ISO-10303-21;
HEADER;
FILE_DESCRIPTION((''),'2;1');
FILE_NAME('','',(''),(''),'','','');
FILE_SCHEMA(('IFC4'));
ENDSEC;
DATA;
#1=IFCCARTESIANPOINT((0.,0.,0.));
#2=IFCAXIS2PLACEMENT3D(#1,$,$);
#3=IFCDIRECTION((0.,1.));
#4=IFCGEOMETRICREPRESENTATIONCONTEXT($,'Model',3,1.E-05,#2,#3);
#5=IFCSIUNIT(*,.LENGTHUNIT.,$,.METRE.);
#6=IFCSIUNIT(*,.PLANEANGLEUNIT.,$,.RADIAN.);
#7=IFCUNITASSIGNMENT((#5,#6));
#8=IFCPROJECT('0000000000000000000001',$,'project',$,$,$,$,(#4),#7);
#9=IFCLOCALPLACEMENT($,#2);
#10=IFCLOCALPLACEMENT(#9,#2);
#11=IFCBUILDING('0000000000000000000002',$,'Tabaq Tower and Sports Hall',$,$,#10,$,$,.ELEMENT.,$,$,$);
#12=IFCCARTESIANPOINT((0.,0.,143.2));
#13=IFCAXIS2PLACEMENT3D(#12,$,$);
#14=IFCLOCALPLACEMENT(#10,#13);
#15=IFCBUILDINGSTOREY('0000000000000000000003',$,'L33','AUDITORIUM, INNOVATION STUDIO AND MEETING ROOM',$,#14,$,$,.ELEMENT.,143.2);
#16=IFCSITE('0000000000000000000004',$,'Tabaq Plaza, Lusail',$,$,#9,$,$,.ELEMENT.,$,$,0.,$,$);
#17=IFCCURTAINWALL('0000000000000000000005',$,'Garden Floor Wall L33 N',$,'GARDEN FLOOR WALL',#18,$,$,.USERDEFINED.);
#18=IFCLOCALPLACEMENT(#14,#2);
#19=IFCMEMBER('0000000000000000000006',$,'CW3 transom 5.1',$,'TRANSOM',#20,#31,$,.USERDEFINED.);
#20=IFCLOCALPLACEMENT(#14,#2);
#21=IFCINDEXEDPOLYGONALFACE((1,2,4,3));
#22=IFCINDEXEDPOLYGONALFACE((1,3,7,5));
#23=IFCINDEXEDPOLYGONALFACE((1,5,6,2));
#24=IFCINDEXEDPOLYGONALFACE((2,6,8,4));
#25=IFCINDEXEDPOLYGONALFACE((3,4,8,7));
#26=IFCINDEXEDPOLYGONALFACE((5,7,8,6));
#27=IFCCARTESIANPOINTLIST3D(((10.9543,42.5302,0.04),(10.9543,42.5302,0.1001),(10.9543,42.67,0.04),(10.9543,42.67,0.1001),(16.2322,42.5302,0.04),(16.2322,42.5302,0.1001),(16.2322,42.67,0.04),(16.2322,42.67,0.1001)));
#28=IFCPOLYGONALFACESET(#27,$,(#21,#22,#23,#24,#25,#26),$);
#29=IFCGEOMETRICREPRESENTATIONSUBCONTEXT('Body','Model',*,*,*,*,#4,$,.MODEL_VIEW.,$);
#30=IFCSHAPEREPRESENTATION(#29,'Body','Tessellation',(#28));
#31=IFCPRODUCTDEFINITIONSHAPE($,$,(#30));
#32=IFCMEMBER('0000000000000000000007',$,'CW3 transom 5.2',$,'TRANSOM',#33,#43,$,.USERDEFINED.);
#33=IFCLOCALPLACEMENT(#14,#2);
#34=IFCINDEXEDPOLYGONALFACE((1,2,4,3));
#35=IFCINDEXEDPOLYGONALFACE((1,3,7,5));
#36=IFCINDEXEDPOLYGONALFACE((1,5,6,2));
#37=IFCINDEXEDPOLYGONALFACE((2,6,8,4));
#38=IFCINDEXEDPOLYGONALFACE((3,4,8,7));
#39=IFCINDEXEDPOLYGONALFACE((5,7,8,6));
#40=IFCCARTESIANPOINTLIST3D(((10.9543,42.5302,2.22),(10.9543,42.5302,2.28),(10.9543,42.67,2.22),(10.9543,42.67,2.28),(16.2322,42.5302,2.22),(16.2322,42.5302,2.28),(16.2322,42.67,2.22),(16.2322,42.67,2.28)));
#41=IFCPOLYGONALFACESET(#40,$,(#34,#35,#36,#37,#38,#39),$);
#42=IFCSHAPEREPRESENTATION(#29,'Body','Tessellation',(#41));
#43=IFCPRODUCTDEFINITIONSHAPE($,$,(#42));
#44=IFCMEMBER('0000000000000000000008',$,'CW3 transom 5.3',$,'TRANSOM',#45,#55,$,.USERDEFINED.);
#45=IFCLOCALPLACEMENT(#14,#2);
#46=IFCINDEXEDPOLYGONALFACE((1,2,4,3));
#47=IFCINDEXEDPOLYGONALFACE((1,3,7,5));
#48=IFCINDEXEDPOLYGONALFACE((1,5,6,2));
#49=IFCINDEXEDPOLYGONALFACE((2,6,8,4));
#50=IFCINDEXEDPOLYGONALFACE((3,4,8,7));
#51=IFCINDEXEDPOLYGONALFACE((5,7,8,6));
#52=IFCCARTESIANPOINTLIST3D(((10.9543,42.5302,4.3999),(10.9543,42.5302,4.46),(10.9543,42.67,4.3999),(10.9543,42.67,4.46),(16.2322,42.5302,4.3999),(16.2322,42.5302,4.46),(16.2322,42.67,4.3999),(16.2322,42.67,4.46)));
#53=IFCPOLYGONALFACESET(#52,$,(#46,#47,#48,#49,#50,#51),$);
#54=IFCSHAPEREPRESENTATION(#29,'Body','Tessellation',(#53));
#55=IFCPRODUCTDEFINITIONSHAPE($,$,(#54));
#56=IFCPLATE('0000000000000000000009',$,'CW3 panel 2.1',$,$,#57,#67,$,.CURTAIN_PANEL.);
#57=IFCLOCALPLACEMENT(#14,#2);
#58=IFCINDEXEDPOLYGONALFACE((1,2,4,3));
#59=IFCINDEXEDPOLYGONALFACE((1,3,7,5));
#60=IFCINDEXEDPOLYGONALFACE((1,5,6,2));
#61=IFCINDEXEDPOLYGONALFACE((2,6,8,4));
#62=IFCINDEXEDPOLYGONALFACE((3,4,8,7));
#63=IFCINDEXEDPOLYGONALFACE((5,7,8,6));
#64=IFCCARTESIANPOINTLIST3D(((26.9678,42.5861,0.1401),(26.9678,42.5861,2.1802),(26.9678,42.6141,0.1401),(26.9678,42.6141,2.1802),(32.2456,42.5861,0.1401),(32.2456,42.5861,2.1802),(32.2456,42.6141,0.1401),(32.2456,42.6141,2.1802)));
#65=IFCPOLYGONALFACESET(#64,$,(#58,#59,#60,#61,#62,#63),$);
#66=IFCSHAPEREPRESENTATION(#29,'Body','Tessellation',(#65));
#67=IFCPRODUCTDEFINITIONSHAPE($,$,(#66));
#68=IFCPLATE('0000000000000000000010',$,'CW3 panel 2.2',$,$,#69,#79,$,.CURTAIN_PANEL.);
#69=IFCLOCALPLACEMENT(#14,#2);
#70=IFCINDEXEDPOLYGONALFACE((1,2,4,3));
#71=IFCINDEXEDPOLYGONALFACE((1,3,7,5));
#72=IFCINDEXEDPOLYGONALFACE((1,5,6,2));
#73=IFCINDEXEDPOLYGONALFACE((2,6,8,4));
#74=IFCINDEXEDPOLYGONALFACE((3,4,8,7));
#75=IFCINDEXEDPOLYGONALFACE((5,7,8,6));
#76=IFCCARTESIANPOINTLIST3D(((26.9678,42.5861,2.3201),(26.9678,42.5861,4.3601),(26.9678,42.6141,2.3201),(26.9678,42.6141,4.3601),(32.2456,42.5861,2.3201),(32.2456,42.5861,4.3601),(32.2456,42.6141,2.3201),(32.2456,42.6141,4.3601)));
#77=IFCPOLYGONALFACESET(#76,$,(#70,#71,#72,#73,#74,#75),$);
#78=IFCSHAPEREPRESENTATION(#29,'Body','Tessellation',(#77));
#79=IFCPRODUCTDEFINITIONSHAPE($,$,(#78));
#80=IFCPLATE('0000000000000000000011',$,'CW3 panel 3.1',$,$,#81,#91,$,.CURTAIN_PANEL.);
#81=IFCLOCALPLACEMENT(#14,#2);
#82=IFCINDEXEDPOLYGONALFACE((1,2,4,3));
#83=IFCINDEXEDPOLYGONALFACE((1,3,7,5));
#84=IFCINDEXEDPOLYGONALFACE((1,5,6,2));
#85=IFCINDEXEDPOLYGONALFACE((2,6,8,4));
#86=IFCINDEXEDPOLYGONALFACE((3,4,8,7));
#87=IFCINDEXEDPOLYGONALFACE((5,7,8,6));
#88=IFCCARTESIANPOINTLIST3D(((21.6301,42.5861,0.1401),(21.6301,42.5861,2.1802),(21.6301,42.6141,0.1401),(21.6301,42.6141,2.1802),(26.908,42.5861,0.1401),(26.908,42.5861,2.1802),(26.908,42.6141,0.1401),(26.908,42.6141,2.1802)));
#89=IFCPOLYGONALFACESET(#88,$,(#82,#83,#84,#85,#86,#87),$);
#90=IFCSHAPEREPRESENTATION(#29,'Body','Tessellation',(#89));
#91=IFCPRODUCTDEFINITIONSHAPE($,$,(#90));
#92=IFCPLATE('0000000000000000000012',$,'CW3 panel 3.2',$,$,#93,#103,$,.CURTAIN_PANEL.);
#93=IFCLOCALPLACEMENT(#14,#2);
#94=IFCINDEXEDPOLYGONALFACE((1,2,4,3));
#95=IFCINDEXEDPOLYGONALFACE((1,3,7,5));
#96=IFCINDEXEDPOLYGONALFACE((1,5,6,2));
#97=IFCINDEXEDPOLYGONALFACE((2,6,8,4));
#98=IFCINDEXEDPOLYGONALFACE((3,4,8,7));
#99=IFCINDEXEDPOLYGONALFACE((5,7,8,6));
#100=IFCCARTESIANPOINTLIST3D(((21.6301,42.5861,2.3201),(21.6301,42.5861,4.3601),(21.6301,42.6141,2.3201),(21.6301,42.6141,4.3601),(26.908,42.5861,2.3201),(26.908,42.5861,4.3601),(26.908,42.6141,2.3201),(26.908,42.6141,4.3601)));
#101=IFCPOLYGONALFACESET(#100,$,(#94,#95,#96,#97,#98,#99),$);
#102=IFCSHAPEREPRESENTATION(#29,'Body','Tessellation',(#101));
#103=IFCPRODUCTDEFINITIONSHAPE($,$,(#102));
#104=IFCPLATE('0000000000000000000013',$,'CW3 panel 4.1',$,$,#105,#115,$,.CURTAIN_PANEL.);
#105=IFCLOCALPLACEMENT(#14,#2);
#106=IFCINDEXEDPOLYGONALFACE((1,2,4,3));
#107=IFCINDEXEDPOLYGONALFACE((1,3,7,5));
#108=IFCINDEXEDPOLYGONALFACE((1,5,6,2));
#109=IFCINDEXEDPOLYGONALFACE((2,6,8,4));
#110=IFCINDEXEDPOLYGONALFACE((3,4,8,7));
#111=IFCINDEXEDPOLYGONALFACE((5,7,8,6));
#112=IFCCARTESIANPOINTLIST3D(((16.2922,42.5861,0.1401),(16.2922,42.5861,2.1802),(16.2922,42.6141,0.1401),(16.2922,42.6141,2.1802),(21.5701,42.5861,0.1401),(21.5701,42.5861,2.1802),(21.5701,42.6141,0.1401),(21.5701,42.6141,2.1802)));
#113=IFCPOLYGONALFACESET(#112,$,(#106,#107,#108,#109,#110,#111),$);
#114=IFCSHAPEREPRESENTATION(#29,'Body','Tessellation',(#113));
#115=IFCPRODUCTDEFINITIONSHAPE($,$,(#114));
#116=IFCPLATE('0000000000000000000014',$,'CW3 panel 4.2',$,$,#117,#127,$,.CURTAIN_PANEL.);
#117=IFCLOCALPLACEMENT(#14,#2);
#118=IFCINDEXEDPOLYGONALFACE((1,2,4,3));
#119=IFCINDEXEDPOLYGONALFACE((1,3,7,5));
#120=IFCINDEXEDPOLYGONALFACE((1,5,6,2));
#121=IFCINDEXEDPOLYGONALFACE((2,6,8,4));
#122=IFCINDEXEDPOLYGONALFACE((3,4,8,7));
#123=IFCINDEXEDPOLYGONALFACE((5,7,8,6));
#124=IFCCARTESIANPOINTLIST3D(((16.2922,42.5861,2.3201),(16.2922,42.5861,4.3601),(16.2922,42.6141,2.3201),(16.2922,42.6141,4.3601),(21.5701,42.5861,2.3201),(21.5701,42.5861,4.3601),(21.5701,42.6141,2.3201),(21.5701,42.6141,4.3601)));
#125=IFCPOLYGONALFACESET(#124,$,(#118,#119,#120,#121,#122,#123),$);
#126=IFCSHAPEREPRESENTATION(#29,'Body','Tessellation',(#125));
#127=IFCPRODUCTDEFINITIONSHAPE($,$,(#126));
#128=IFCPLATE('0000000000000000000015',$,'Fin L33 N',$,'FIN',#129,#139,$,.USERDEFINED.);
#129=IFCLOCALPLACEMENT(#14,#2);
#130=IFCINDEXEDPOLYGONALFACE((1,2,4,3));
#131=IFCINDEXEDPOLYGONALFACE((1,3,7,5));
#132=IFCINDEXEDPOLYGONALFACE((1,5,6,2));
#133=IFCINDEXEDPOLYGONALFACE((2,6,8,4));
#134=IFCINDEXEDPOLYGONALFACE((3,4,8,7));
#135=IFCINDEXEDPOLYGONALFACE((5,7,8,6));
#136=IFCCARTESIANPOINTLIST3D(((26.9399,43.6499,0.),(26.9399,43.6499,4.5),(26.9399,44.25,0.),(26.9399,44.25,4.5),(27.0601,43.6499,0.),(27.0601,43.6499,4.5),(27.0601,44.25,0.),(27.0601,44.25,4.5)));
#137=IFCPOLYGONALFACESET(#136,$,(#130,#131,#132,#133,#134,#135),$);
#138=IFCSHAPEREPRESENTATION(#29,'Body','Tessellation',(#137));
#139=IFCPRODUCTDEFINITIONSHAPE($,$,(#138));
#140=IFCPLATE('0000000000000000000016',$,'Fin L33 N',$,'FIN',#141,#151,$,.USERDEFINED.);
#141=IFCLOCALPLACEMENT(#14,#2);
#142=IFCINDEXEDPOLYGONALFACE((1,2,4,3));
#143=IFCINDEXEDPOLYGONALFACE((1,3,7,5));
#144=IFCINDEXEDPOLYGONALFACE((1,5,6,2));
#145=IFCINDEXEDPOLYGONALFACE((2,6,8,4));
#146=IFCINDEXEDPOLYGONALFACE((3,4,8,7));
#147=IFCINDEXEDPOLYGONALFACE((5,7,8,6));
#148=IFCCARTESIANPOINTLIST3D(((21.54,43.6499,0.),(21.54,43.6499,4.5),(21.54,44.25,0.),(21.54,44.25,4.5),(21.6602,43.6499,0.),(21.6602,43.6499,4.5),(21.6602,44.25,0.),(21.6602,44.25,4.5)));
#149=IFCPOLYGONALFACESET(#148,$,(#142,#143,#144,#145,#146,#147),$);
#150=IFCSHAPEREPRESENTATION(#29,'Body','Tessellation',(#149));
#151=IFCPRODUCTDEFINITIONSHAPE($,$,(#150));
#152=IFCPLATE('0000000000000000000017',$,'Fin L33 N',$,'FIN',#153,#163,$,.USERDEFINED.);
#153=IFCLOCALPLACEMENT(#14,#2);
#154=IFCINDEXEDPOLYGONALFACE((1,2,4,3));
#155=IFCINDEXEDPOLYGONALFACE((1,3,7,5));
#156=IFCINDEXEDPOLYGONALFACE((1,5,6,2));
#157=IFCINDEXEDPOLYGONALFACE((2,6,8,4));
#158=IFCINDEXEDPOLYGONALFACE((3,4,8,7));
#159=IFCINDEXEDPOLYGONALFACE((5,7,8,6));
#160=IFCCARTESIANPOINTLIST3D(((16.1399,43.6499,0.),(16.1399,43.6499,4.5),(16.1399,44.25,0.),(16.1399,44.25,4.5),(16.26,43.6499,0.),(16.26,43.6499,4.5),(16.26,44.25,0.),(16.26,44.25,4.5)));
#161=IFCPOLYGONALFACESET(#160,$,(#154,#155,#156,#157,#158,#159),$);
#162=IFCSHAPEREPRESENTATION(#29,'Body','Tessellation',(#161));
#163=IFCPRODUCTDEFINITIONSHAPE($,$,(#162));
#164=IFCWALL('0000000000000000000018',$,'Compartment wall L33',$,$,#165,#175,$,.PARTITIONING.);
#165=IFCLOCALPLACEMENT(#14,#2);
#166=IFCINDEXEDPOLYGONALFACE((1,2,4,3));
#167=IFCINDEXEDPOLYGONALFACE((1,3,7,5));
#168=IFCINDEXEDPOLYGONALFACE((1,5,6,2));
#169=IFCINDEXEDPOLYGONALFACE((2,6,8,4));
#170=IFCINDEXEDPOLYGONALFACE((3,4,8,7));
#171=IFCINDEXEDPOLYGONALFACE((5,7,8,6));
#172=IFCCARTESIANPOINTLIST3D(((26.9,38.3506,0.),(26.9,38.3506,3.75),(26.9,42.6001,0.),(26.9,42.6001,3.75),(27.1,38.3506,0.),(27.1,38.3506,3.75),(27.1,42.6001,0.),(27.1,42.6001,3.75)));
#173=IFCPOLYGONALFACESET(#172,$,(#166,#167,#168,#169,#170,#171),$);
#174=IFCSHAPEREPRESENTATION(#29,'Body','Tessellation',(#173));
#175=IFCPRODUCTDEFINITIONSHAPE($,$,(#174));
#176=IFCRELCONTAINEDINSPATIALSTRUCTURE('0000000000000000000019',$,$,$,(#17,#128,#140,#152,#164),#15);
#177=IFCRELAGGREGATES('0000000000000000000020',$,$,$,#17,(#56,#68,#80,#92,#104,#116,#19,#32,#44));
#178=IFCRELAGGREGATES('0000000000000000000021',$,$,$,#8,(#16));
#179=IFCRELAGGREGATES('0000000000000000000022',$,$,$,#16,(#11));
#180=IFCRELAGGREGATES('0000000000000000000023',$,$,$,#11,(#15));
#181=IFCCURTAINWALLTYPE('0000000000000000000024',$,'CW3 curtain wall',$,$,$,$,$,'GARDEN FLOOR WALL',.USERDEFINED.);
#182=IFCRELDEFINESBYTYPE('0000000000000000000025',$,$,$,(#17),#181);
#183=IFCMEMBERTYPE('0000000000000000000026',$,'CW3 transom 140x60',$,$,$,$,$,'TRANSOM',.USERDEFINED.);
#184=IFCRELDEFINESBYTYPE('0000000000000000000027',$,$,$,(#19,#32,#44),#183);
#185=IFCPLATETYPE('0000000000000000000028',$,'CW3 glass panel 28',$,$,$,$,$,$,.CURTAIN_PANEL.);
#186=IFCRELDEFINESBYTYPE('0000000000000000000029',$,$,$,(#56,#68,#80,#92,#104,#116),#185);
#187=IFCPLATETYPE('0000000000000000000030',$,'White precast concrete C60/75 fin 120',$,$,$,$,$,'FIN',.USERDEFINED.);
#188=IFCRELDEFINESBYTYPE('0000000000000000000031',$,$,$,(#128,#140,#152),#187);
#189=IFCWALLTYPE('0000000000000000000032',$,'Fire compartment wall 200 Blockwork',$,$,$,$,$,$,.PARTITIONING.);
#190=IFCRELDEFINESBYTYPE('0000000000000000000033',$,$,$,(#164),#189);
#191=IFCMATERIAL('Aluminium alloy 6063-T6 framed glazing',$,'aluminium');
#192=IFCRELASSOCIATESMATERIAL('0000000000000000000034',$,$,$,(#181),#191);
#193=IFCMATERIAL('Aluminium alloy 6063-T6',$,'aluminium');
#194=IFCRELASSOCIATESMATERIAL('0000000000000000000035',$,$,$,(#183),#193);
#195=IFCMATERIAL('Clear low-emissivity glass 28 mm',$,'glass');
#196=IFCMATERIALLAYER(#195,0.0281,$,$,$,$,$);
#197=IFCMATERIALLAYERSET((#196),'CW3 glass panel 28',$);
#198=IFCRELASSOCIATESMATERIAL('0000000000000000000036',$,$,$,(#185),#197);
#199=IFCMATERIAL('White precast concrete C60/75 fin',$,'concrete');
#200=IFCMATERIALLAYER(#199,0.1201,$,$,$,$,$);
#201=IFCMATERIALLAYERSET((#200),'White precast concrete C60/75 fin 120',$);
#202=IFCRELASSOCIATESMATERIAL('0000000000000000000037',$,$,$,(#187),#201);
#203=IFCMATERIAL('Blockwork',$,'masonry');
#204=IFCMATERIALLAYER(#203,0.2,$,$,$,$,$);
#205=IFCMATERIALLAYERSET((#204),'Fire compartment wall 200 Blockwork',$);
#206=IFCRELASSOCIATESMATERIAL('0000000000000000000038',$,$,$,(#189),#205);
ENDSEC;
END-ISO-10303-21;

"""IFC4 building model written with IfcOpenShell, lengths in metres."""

from ifc_helpers import new_model, si_unit, direction, frame, frame_2d, origin, origin_2d, place, context, subcontext, project, spatial, rectangle, extrude, material, layer, layer_set, material_profile, profile_set, type_object, element, aggregate, save


model = new_model("IFC4")

# Units and contexts
model_context = context("Model", 3, precision=1e-05, world=origin(), true_north=direction((0.0, 1.0)))
body_context = subcontext(model_context, "Body", "Model", "MODEL_VIEW")
ifc_project = project(units=[si_unit("LENGTHUNIT", "METRE"), si_unit("PLANEANGLEUNIT", "RADIAN")], contexts=[model_context])

# Site, building, storey
site_placement = place(None, origin())
site = spatial("IfcSite", under=ifc_project, at=site_placement, Name="Tabaq Plaza, Lusail", CompositionType="ELEMENT", RefElevation=0.0)
building_placement = place(site_placement, origin())
building = spatial("IfcBuilding", under=site, at=building_placement, Name="Tabaq Tower and Sports Hall", CompositionType="ELEMENT")
storey_placement = place(building_placement, frame((0.0, 0.0, 143.2)))
storey = spatial("IfcBuildingStorey", under=building, at=storey_placement, Name="L33", Description="AUDITORIUM, INNOVATION STUDIO AND MEETING ROOM", CompositionType="ELEMENT", Elevation=143.2)

# Curtain wall, members, plates
ifc_material_1 = material(Name="Aluminium alloy 6063-T6 framed glazing", Category="aluminium")
curtain_wall_type = type_object("IfcCurtainWallType", Name="CW3 curtain wall", ElementType="GARDEN FLOOR WALL", PredefinedType="USERDEFINED", material=ifc_material_1)
curtain_wall_placement = place(storey_placement, origin())
curtain_wall = element("IfcCurtainWall", 1, at=curtain_wall_placement, inside=storey, type_object=curtain_wall_type, Name="Garden Floor Wall L33 N", ObjectType="GARDEN FLOOR WALL", PredefinedType="USERDEFINED")
ifc_material_2 = material(Name="Aluminium alloy 6063-T6", Category="aluminium")
ifc_material_profile_1 = material_profile(ifc_material_2, rectangle(XDim=0.1399, YDim=0.0601, at=origin_2d()), Name="TRANSOM 140x60")
ifc_profile_set_1 = profile_set([ifc_material_profile_1], Name="Aluminium alloy 6063-T6")
member_type_1 = type_object("IfcMemberType", Name="CW3 transom 140x60", ElementType="TRANSOM", PredefinedType="USERDEFINED", material=ifc_profile_set_1)
member_1_placement = place(storey_placement, frame((16.2322, 42.6001, 0.0701), z_axis=(-1.0, 0.0, 0.0), x_axis=(0.0, -1.0, 0.0)))
member_1 = element("IfcMember", 2, at=member_1_placement, type_object=member_type_1, Name="CW3 transom 5.1", ObjectType="TRANSOM", PredefinedType="USERDEFINED", context=body_context, shape_type="SweptSolid", body=[
    extrude(rectangle(XDim=0.1399, YDim=0.0601, at=origin_2d()), origin(), (0.0, 0.0, 1.0), 5.2778),
])
member_2_placement = place(storey_placement, frame((16.2322, 42.6001, 2.25), z_axis=(-1.0, 0.0, 0.0), x_axis=(0.0, -1.0, 0.0)))
member_2 = element("IfcMember", 3, at=member_2_placement, type_object=member_type_1, Name="CW3 transom 5.2", ObjectType="TRANSOM", PredefinedType="USERDEFINED", context=body_context, shape_type="SweptSolid", body=[
    extrude(rectangle(XDim=0.1399, YDim=0.0601, at=origin_2d()), origin(), (0.0, 0.0, 1.0), 5.2778),
])
member_3_placement = place(storey_placement, frame((16.2322, 42.6001, 4.4299), z_axis=(-1.0, 0.0, 0.0), x_axis=(0.0, -1.0, 0.0)))
member_3 = element("IfcMember", 4, at=member_3_placement, type_object=member_type_1, Name="CW3 transom 5.3", ObjectType="TRANSOM", PredefinedType="USERDEFINED", context=body_context, shape_type="SweptSolid", body=[
    extrude(rectangle(XDim=0.1399, YDim=0.0601, at=origin_2d()), origin(), (0.0, 0.0, 1.0), 5.2778),
])
ifc_material_3 = material(Name="Clear low-emissivity glass 28 mm", Category="glass")
ifc_layer_1 = layer(ifc_material_3, 0.0281)
ifc_layer_set_1 = layer_set([ifc_layer_1], Name="CW3 glass panel 28")
plate_type_1 = type_object("IfcPlateType", Name="CW3 glass panel 28", PredefinedType="CURTAIN_PANEL", material=ifc_layer_set_1)
plate_1_placement = place(storey_placement, frame((29.6067, 42.6001, 0.1401), z_axis=(0.0, 0.0, 1.0), x_axis=(-1.0, 0.0, 0.0)))
plate_1 = element("IfcPlate", 5, at=plate_1_placement, type_object=plate_type_1, Name="CW3 panel 2.1", PredefinedType="CURTAIN_PANEL", context=body_context, shape_type="SweptSolid", body=[
    extrude(rectangle(XDim=5.2778, YDim=0.0281, at=origin_2d()), origin(), (0.0, 0.0, 1.0), 2.04),
])
plate_2_placement = place(storey_placement, frame((29.6067, 42.6001, 2.3201), z_axis=(0.0, 0.0, 1.0), x_axis=(-1.0, 0.0, 0.0)))
plate_2 = element("IfcPlate", 6, at=plate_2_placement, type_object=plate_type_1, Name="CW3 panel 2.2", PredefinedType="CURTAIN_PANEL", context=body_context, shape_type="SweptSolid", body=[
    extrude(rectangle(XDim=5.2778, YDim=0.0281, at=origin_2d()), origin(), (0.0, 0.0, 1.0), 2.04),
])
plate_3_placement = place(storey_placement, frame((24.269, 42.6001, 0.1401), z_axis=(0.0, 0.0, 1.0), x_axis=(-1.0, 0.0, 0.0)))
plate_3 = element("IfcPlate", 7, at=plate_3_placement, type_object=plate_type_1, Name="CW3 panel 3.1", PredefinedType="CURTAIN_PANEL", context=body_context, shape_type="SweptSolid", body=[
    extrude(rectangle(XDim=5.2778, YDim=0.0281, at=origin_2d()), origin(), (0.0, 0.0, 1.0), 2.04),
])
plate_4_placement = place(storey_placement, frame((24.269, 42.6001, 2.3201), z_axis=(0.0, 0.0, 1.0), x_axis=(-1.0, 0.0, 0.0)))
plate_4 = element("IfcPlate", 8, at=plate_4_placement, type_object=plate_type_1, Name="CW3 panel 3.2", PredefinedType="CURTAIN_PANEL", context=body_context, shape_type="SweptSolid", body=[
    extrude(rectangle(XDim=5.2778, YDim=0.0281, at=origin_2d()), origin(), (0.0, 0.0, 1.0), 2.04),
])
plate_5_placement = place(storey_placement, frame((18.9312, 42.6001, 0.1401), z_axis=(0.0, 0.0, 1.0), x_axis=(-1.0, 0.0, 0.0)))
plate_5 = element("IfcPlate", 9, at=plate_5_placement, type_object=plate_type_1, Name="CW3 panel 4.1", PredefinedType="CURTAIN_PANEL", context=body_context, shape_type="SweptSolid", body=[
    extrude(rectangle(XDim=5.2778, YDim=0.0281, at=origin_2d()), origin(), (0.0, 0.0, 1.0), 2.04),
])
plate_6_placement = place(storey_placement, frame((18.9312, 42.6001, 2.3201), z_axis=(0.0, 0.0, 1.0), x_axis=(-1.0, 0.0, 0.0)))
plate_6 = element("IfcPlate", 10, at=plate_6_placement, type_object=plate_type_1, Name="CW3 panel 4.2", PredefinedType="CURTAIN_PANEL", context=body_context, shape_type="SweptSolid", body=[
    extrude(rectangle(XDim=5.2778, YDim=0.0281, at=origin_2d()), origin(), (0.0, 0.0, 1.0), 2.04),
])
aggregate(curtain_wall, [plate_1, plate_2, plate_3, plate_4, plate_5, plate_6, member_1, member_2, member_3])

# Plates
ifc_material_4 = material(Name="White precast concrete C60/75 fin", Category="concrete")
ifc_layer_2 = layer(ifc_material_4, 0.1201)
ifc_layer_set_2 = layer_set([ifc_layer_2], Name="White precast concrete C60/75 fin 120")
plate_type_2 = type_object("IfcPlateType", Name="White precast concrete C60/75 fin 120", ElementType="FIN", PredefinedType="USERDEFINED", material=ifc_layer_set_2)
for number, where, z_axis, x_axis, name in (
    (11, (27.0, 43.95, 0.0), (0.0, 0.0, 1.0), (-1.0, 0.0, 0.0), "Fin L33 N"),
    (12, (21.6001, 43.95, 0.0), (0.0, 0.0, 1.0), (-1.0, 0.0, 0.0), "Fin L33 N"),
    (13, (16.2, 43.95, 0.0), (0.0, 0.0, 1.0), (-1.0, 0.0, 0.0), "Fin L33 N"),
):
    element("IfcPlate", number, at=place(storey_placement, frame(where, z_axis=z_axis, x_axis=x_axis)), inside=storey, type_object=plate_type_2, Name=name, ObjectType="FIN", PredefinedType="USERDEFINED", context=body_context, shape_type="SweptSolid", body=[
        extrude(rectangle(XDim=0.1201, YDim=0.6001, at=origin_2d()), origin(), (0.0, 0.0, 1.0), 4.5),
    ])

# Wall
ifc_material_5 = material(Name="Blockwork", Category="masonry")
ifc_layer_3 = layer(ifc_material_5, 0.2)
ifc_layer_set_3 = layer_set([ifc_layer_3], Name="Fire compartment wall 200 Blockwork")
wall_type = type_object("IfcWallType", Name="Fire compartment wall 200 Blockwork", PredefinedType="PARTITIONING", material=ifc_layer_set_3)
wall_placement = place(storey_placement, frame((27.0, 38.3506, 0.0), z_axis=(0.0, 0.0, 1.0), x_axis=(0.0, 1.0, 0.0)))
element("IfcWall", 14, at=wall_placement, inside=storey, type_object=wall_type, Name="Compartment wall L33", PredefinedType="PARTITIONING", context=body_context, shape_type="SweptSolid", body=[
    extrude(rectangle(XDim=4.2495, YDim=0.2, at=frame_2d((2.1248, 0.0))), origin(), (0.0, 0.0, 1.0), 3.75),
])

save(model, "model.ifc")
